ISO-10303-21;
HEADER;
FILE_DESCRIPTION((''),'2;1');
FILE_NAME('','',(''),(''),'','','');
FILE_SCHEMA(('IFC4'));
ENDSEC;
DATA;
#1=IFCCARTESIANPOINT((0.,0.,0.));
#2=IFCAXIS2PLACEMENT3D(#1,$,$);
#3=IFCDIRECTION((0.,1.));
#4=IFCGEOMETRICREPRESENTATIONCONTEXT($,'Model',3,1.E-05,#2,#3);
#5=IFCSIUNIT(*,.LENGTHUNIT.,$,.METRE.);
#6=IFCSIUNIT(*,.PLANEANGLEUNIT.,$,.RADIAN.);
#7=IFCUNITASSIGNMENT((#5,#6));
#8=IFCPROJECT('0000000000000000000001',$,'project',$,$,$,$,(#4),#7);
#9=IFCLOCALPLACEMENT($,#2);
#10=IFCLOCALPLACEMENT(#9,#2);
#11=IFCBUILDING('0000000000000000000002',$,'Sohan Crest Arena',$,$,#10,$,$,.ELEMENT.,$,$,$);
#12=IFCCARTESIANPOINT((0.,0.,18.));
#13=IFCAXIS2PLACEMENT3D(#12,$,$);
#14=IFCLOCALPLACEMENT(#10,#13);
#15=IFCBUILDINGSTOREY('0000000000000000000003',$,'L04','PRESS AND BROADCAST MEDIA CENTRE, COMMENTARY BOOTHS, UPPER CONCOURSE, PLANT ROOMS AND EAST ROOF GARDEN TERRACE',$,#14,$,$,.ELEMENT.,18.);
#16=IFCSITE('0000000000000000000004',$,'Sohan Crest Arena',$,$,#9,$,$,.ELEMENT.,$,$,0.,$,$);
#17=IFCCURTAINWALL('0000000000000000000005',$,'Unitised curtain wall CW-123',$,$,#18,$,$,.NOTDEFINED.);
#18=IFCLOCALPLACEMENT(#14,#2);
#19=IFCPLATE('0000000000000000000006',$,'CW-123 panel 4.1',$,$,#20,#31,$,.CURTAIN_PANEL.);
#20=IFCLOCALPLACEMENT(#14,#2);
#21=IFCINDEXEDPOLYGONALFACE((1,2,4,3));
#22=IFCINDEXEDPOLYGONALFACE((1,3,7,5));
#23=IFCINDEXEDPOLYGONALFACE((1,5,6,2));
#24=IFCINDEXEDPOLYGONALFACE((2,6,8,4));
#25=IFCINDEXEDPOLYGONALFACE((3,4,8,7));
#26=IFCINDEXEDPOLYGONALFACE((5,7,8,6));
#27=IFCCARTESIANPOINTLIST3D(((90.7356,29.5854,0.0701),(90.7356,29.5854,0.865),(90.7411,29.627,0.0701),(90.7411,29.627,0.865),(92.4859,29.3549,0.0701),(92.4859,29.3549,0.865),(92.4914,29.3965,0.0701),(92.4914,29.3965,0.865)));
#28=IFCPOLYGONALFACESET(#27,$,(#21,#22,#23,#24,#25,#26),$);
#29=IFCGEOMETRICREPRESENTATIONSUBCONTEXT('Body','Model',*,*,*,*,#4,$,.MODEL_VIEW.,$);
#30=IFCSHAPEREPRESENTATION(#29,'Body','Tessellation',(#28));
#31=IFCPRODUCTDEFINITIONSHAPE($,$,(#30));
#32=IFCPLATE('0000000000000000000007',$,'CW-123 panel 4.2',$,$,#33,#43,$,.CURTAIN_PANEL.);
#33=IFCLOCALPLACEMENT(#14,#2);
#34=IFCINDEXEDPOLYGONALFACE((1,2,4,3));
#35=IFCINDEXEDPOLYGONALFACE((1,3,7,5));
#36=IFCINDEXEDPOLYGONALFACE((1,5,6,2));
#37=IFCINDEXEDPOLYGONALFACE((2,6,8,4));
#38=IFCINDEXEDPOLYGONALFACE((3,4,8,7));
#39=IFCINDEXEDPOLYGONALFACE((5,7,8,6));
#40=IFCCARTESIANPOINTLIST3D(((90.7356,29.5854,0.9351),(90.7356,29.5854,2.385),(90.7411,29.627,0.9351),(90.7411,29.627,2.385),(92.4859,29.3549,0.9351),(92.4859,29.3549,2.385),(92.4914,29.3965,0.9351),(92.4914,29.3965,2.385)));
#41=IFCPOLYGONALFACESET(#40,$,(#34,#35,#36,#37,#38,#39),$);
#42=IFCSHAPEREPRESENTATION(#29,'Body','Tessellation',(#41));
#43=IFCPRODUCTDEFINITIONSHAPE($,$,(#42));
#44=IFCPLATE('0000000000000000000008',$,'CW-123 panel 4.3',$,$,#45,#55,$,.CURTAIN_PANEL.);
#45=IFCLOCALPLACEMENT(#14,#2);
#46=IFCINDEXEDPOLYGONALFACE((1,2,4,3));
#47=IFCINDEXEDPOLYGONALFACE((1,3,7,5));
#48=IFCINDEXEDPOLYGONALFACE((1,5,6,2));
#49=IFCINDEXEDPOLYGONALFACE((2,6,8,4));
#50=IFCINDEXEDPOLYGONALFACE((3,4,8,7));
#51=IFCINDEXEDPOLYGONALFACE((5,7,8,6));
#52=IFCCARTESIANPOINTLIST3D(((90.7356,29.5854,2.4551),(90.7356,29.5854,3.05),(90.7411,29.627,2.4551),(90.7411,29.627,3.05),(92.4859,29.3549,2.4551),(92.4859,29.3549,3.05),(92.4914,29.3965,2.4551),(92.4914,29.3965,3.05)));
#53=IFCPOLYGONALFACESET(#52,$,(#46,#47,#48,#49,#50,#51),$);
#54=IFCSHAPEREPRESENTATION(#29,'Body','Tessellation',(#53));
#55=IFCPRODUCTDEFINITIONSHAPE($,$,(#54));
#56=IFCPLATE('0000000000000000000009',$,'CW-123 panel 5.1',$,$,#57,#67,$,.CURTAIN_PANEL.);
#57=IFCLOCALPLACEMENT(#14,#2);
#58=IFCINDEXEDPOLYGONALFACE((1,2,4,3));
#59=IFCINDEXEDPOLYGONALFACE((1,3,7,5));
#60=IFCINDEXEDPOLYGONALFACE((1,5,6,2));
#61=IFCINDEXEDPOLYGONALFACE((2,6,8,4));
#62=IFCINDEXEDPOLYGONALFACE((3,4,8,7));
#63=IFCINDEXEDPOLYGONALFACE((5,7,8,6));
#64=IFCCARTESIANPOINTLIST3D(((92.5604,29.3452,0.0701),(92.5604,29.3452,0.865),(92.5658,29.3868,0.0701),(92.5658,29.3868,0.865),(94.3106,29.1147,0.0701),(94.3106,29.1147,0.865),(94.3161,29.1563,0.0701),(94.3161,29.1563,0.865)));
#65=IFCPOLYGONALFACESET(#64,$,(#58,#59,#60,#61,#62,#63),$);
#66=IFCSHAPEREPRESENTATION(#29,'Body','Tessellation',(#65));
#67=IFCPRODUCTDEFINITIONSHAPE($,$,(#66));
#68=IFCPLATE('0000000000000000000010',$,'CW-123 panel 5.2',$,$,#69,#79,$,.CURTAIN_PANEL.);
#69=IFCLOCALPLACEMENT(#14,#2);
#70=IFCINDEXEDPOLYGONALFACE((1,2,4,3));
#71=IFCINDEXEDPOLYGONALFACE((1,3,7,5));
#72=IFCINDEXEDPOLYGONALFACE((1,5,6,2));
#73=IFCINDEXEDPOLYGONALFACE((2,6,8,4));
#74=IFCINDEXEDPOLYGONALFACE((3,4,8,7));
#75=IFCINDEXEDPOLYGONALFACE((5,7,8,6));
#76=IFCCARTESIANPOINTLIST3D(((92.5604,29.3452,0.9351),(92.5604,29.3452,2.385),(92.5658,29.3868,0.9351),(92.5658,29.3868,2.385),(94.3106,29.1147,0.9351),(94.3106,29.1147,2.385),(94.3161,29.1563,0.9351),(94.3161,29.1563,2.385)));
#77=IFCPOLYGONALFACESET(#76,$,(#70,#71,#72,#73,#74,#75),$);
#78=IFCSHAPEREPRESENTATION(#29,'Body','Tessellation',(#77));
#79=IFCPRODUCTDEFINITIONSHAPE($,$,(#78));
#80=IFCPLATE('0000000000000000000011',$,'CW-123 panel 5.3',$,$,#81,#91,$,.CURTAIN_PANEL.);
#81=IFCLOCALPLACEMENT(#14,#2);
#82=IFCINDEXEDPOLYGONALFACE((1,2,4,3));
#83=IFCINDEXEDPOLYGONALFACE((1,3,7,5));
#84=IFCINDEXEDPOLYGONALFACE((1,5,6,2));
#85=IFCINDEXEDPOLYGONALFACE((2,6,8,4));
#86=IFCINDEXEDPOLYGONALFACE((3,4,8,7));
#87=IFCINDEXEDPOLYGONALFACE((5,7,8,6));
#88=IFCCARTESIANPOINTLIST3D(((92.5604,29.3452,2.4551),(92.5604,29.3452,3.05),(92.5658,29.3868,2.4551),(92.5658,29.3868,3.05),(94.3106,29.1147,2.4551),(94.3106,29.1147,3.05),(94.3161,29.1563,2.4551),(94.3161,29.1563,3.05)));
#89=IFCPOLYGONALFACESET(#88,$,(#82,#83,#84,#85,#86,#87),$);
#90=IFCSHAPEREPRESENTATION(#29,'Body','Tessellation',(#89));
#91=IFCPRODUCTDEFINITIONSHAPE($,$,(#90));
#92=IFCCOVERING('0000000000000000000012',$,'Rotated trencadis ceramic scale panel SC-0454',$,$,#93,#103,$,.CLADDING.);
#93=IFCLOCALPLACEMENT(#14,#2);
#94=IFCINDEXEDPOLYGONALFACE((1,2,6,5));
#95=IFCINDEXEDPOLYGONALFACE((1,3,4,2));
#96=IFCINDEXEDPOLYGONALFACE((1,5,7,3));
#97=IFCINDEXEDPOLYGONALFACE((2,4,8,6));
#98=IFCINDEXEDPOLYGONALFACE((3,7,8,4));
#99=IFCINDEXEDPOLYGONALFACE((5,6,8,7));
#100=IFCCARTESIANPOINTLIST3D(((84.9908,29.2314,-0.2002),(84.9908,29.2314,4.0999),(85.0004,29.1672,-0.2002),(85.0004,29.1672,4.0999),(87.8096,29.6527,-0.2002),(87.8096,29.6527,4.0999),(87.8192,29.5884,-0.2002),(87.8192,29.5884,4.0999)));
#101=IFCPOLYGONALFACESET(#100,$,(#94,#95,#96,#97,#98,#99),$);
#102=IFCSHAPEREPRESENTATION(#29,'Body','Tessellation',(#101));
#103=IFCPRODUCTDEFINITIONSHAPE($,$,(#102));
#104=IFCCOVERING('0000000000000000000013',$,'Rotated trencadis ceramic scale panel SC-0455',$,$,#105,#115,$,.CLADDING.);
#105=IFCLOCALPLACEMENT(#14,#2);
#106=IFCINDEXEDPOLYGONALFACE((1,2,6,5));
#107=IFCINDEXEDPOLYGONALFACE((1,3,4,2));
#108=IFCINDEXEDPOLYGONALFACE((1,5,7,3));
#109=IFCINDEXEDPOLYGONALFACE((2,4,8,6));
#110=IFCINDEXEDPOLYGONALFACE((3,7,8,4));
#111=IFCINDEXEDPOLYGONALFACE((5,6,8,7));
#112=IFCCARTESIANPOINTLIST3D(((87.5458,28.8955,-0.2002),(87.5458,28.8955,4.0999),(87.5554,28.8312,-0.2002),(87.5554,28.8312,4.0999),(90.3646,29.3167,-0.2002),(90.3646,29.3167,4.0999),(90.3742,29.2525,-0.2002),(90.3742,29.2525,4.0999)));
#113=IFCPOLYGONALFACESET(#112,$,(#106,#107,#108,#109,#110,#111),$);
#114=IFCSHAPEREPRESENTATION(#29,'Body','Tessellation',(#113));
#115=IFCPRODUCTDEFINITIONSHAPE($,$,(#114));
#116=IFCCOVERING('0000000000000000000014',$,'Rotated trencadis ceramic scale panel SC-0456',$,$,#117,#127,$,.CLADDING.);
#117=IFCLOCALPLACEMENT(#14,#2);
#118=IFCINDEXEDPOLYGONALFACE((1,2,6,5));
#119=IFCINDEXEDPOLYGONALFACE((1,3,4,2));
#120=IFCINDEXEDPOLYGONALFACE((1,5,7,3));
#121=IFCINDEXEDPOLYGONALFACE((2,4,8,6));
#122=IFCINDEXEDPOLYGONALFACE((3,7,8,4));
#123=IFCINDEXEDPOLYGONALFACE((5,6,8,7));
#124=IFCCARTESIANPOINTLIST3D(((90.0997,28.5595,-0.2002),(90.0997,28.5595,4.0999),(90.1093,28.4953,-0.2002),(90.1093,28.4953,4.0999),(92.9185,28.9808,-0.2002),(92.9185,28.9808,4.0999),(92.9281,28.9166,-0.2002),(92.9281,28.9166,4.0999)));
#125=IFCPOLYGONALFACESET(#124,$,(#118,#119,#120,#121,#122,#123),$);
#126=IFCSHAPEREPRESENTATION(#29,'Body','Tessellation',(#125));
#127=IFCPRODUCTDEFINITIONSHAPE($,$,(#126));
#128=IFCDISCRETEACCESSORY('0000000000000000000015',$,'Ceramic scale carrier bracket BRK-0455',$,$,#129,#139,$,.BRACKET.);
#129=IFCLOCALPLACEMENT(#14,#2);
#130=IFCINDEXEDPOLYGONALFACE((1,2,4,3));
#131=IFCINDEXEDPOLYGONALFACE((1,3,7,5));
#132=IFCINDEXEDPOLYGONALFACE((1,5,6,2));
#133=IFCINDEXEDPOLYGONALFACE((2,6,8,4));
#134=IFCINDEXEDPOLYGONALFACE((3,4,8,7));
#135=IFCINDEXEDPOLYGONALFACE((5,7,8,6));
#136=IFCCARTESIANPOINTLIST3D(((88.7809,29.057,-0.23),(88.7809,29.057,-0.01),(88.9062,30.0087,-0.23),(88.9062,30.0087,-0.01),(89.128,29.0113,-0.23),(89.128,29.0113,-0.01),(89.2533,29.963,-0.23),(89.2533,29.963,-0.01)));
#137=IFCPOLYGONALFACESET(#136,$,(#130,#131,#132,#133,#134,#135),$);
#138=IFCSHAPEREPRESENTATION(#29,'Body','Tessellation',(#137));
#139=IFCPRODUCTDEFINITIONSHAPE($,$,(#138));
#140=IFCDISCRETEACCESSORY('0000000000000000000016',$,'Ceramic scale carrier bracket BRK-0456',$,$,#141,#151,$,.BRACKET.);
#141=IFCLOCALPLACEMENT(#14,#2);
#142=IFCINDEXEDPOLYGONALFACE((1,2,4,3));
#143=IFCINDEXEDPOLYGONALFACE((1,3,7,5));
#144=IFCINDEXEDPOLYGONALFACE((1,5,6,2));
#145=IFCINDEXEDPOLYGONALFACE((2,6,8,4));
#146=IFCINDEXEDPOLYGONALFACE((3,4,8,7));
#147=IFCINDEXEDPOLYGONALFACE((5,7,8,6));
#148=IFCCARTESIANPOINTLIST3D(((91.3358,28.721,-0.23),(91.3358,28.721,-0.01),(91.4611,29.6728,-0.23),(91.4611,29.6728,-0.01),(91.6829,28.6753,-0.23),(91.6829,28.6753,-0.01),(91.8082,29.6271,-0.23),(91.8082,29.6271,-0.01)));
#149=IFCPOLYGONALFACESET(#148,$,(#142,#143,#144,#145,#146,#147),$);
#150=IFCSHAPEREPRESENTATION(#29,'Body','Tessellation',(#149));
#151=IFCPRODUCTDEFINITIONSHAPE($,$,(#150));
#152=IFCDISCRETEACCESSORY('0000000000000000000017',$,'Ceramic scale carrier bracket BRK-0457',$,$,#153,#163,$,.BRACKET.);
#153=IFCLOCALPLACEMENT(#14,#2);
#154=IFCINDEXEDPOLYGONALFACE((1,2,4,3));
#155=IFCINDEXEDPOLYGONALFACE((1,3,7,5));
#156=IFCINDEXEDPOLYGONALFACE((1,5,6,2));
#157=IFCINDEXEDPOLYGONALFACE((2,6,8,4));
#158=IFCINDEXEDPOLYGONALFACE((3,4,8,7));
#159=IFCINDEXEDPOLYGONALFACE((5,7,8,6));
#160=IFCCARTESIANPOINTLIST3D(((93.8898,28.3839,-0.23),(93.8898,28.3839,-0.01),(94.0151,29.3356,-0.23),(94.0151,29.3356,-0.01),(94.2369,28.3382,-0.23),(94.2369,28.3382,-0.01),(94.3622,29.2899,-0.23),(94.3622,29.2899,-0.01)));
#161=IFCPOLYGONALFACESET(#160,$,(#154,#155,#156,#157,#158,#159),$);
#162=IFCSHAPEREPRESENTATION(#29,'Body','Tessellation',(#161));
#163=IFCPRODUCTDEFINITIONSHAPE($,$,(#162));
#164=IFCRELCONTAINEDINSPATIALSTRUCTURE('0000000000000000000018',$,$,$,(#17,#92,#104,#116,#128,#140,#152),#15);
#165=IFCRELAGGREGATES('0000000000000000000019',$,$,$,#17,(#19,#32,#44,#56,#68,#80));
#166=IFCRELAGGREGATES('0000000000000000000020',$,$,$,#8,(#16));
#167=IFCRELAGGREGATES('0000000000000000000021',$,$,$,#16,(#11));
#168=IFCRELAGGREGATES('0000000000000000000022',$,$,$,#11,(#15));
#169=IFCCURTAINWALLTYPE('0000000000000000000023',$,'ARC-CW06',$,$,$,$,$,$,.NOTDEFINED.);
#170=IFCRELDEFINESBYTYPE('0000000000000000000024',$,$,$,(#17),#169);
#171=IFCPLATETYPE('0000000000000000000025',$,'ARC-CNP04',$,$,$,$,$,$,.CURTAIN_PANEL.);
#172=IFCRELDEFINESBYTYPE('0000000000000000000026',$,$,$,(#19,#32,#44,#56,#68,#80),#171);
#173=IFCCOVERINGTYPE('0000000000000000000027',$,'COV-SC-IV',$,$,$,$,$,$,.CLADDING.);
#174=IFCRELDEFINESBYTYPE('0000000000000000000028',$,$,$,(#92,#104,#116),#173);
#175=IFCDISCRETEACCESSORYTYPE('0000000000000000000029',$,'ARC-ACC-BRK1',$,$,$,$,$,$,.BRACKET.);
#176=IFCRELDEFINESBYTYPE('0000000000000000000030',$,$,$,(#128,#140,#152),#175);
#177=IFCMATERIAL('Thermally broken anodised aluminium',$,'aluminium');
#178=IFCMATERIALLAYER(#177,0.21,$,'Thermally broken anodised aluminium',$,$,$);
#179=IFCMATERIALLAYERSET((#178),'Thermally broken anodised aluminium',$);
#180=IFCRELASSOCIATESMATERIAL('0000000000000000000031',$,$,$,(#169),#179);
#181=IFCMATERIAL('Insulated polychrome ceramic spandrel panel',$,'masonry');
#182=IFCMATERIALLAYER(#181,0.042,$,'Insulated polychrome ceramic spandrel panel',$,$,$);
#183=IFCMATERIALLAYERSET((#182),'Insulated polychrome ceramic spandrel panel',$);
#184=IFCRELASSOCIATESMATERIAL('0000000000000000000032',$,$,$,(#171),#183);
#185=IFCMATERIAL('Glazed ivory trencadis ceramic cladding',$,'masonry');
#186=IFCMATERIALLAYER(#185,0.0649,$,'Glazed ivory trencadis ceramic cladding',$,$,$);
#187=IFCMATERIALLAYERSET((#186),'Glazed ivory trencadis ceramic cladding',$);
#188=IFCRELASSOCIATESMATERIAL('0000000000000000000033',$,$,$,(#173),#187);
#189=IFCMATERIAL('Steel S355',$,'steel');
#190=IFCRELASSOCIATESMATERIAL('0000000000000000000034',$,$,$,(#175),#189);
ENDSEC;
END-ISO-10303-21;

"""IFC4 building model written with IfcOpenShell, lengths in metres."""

from ifc_helpers import new_model, si_unit, direction, frame, origin, origin_2d, place, context, subcontext, project, spatial, rectangle, extrude, material, layer, layer_set, type_object, element, aggregate, save


model = new_model("IFC4")

# Units and contexts
model_context = context("Model", 3, precision=1e-05, world=origin(), true_north=direction((0.0, 1.0)))
body_context = subcontext(model_context, "Body", "Model", "MODEL_VIEW")
ifc_project = project(units=[si_unit("LENGTHUNIT", "METRE"), si_unit("PLANEANGLEUNIT", "RADIAN")], contexts=[model_context])

# Site, building, storey
site_placement = place(None, origin())
site = spatial("IfcSite", under=ifc_project, at=site_placement, Name="Sohan Crest Arena", CompositionType="ELEMENT", RefElevation=0.0)
building_placement = place(site_placement, origin())
building = spatial("IfcBuilding", under=site, at=building_placement, Name="Sohan Crest Arena", CompositionType="ELEMENT")
storey_placement = place(building_placement, frame((0.0, 0.0, 18.0)))
storey = spatial("IfcBuildingStorey", under=building, at=storey_placement, Name="L04", Description="PRESS AND BROADCAST MEDIA CENTRE, COMMENTARY BOOTHS, UPPER CONCOURSE, PLANT ROOMS AND EAST ROOF GARDEN TERRACE", CompositionType="ELEMENT", Elevation=18.0)

# Curtain wall, plates
ifc_material_1 = material(Name="Thermally broken anodised aluminium", Category="aluminium")
ifc_layer_1 = layer(ifc_material_1, 0.21, Name="Thermally broken anodised aluminium")
ifc_layer_set_1 = layer_set([ifc_layer_1], Name="Thermally broken anodised aluminium")
curtain_wall_type = type_object("IfcCurtainWallType", Name="ARC-CW06", PredefinedType="NOTDEFINED", material=ifc_layer_set_1)
curtain_wall_placement = place(storey_placement, origin())
curtain_wall = element("IfcCurtainWall", 1, at=curtain_wall_placement, inside=storey, type_object=curtain_wall_type, Name="Unitised curtain wall CW-123", PredefinedType="NOTDEFINED")
ifc_material_2 = material(Name="Insulated polychrome ceramic spandrel panel", Category="masonry")
ifc_layer_2 = layer(ifc_material_2, 0.042, Name="Insulated polychrome ceramic spandrel panel")
ifc_layer_set_2 = layer_set([ifc_layer_2], Name="Insulated polychrome ceramic spandrel panel")
plate_type = type_object("IfcPlateType", Name="ARC-CNP04", PredefinedType="CURTAIN_PANEL", material=ifc_layer_set_2)
plate_1_placement = place(storey_placement, frame((91.6135, 29.491, 0.0701), z_axis=(0.0, 0.0, 1.0), x_axis=(0.991441, -0.130557, 0.0)))
plate_1 = element("IfcPlate", 2, at=plate_1_placement, type_object=plate_type, Name="CW-123 panel 4.1", PredefinedType="CURTAIN_PANEL", context=body_context, shape_type="SweptSolid", body=[
    extrude(rectangle(XDim=1.7654, YDim=0.042, at=origin_2d()), origin(), (0.0, 0.0, 1.0), 0.7949),
])
plate_2_placement = place(storey_placement, frame((91.6135, 29.491, 0.9351), z_axis=(0.0, 0.0, 1.0), x_axis=(0.991441, -0.130557, 0.0)))
plate_2 = element("IfcPlate", 3, at=plate_2_placement, type_object=plate_type, Name="CW-123 panel 4.2", PredefinedType="CURTAIN_PANEL", context=body_context, shape_type="SweptSolid", body=[
    extrude(rectangle(XDim=1.7654, YDim=0.042, at=origin_2d()), origin(), (0.0, 0.0, 1.0), 1.45),
])
plate_3_placement = place(storey_placement, frame((91.6135, 29.491, 2.4551), z_axis=(0.0, 0.0, 1.0), x_axis=(0.991441, -0.130557, 0.0)))
plate_3 = element("IfcPlate", 4, at=plate_3_placement, type_object=plate_type, Name="CW-123 panel 4.3", PredefinedType="CURTAIN_PANEL", context=body_context, shape_type="SweptSolid", body=[
    extrude(rectangle(XDim=1.7654, YDim=0.042, at=origin_2d()), origin(), (0.0, 0.0, 1.0), 0.595),
])
plate_4_placement = place(storey_placement, frame((93.4382, 29.2507, 0.0701), z_axis=(0.0, 0.0, 1.0), x_axis=(0.991441, -0.130557, 0.0)))
plate_4 = element("IfcPlate", 5, at=plate_4_placement, type_object=plate_type, Name="CW-123 panel 5.1", PredefinedType="CURTAIN_PANEL", context=body_context, shape_type="SweptSolid", body=[
    extrude(rectangle(XDim=1.7654, YDim=0.042, at=origin_2d()), origin(), (0.0, 0.0, 1.0), 0.7949),
])
plate_5_placement = place(storey_placement, frame((93.4382, 29.2507, 0.9351), z_axis=(0.0, 0.0, 1.0), x_axis=(0.991441, -0.130557, 0.0)))
plate_5 = element("IfcPlate", 6, at=plate_5_placement, type_object=plate_type, Name="CW-123 panel 5.2", PredefinedType="CURTAIN_PANEL", context=body_context, shape_type="SweptSolid", body=[
    extrude(rectangle(XDim=1.7654, YDim=0.042, at=origin_2d()), origin(), (0.0, 0.0, 1.0), 1.45),
])
plate_6_placement = place(storey_placement, frame((93.4382, 29.2507, 2.4551), z_axis=(0.0, 0.0, 1.0), x_axis=(0.991441, -0.130557, 0.0)))
plate_6 = element("IfcPlate", 7, at=plate_6_placement, type_object=plate_type, Name="CW-123 panel 5.3", PredefinedType="CURTAIN_PANEL", context=body_context, shape_type="SweptSolid", body=[
    extrude(rectangle(XDim=1.7654, YDim=0.042, at=origin_2d()), origin(), (0.0, 0.0, 1.0), 0.595),
])
aggregate(curtain_wall, [plate_1, plate_2, plate_3, plate_4, plate_5, plate_6])

# Coverings
ifc_material_3 = material(Name="Glazed ivory trencadis ceramic cladding", Category="masonry")
ifc_layer_3 = layer(ifc_material_3, 0.0649, Name="Glazed ivory trencadis ceramic cladding")
ifc_layer_set_3 = layer_set([ifc_layer_3], Name="Glazed ivory trencadis ceramic cladding")
covering_type = type_object("IfcCoveringType", Name="COV-SC-IV", PredefinedType="CLADDING", material=ifc_layer_set_3)
for number, where, z_axis, x_axis, name in (
    (8, (86.405, 29.4099, -0.2002), (0.0, 0.0, 1.0), (0.989016, 0.147809, 0.0), "Rotated trencadis ceramic scale panel SC-0454"),
    (9, (88.96, 29.074, -0.2002), (0.0, 0.0, 1.0), (0.989016, 0.147809, 0.0), "Rotated trencadis ceramic scale panel SC-0455"),
    (10, (91.5139, 28.738, -0.2002), (0.0, 0.0, 1.0), (0.989016, 0.147809, 0.0), "Rotated trencadis ceramic scale panel SC-0456"),
):
    element("IfcCovering", number, at=place(storey_placement, frame(where, z_axis=z_axis, x_axis=x_axis)), inside=storey, type_object=covering_type, Name=name, PredefinedType="CLADDING", context=body_context, shape_type="SweptSolid", body=[
        extrude(rectangle(XDim=2.8501, YDim=0.0649, at=origin_2d()), origin(), (0.0, 0.0, 1.0), 4.3),
    ])

# Discrete accessories
ifc_material_4 = material(Name="Steel S355", Category="steel")
discrete_accessory_type = type_object("IfcDiscreteAccessoryType", Name="ARC-ACC-BRK1", PredefinedType="BRACKET", material=ifc_material_4)
for number, where, z_axis, x_axis, name in (
    (11, (89.0171, 29.51, -0.23), (0.0, 0.0, 1.0), (0.991445, -0.130526, 0.0), "Ceramic scale carrier bracket BRK-0455"),
    (12, (91.572, 29.1741, -0.23), (0.0, 0.0, 1.0), (0.991445, -0.130526, 0.0), "Ceramic scale carrier bracket BRK-0456"),
    (13, (94.126, 28.8369, -0.23), (0.0, 0.0, 1.0), (0.991445, -0.130526, 0.0), "Ceramic scale carrier bracket BRK-0457"),
):
    element("IfcDiscreteAccessory", number, at=place(storey_placement, frame(where, z_axis=z_axis, x_axis=x_axis)), inside=storey, type_object=discrete_accessory_type, Name=name, PredefinedType="BRACKET", context=body_context, shape_type="SweptSolid", body=[
        extrude(rectangle(XDim=0.3501, YDim=0.96, at=origin_2d()), origin(), (0.0, 0.0, 1.0), 0.22),
    ])

save(model, "model.ifc")
